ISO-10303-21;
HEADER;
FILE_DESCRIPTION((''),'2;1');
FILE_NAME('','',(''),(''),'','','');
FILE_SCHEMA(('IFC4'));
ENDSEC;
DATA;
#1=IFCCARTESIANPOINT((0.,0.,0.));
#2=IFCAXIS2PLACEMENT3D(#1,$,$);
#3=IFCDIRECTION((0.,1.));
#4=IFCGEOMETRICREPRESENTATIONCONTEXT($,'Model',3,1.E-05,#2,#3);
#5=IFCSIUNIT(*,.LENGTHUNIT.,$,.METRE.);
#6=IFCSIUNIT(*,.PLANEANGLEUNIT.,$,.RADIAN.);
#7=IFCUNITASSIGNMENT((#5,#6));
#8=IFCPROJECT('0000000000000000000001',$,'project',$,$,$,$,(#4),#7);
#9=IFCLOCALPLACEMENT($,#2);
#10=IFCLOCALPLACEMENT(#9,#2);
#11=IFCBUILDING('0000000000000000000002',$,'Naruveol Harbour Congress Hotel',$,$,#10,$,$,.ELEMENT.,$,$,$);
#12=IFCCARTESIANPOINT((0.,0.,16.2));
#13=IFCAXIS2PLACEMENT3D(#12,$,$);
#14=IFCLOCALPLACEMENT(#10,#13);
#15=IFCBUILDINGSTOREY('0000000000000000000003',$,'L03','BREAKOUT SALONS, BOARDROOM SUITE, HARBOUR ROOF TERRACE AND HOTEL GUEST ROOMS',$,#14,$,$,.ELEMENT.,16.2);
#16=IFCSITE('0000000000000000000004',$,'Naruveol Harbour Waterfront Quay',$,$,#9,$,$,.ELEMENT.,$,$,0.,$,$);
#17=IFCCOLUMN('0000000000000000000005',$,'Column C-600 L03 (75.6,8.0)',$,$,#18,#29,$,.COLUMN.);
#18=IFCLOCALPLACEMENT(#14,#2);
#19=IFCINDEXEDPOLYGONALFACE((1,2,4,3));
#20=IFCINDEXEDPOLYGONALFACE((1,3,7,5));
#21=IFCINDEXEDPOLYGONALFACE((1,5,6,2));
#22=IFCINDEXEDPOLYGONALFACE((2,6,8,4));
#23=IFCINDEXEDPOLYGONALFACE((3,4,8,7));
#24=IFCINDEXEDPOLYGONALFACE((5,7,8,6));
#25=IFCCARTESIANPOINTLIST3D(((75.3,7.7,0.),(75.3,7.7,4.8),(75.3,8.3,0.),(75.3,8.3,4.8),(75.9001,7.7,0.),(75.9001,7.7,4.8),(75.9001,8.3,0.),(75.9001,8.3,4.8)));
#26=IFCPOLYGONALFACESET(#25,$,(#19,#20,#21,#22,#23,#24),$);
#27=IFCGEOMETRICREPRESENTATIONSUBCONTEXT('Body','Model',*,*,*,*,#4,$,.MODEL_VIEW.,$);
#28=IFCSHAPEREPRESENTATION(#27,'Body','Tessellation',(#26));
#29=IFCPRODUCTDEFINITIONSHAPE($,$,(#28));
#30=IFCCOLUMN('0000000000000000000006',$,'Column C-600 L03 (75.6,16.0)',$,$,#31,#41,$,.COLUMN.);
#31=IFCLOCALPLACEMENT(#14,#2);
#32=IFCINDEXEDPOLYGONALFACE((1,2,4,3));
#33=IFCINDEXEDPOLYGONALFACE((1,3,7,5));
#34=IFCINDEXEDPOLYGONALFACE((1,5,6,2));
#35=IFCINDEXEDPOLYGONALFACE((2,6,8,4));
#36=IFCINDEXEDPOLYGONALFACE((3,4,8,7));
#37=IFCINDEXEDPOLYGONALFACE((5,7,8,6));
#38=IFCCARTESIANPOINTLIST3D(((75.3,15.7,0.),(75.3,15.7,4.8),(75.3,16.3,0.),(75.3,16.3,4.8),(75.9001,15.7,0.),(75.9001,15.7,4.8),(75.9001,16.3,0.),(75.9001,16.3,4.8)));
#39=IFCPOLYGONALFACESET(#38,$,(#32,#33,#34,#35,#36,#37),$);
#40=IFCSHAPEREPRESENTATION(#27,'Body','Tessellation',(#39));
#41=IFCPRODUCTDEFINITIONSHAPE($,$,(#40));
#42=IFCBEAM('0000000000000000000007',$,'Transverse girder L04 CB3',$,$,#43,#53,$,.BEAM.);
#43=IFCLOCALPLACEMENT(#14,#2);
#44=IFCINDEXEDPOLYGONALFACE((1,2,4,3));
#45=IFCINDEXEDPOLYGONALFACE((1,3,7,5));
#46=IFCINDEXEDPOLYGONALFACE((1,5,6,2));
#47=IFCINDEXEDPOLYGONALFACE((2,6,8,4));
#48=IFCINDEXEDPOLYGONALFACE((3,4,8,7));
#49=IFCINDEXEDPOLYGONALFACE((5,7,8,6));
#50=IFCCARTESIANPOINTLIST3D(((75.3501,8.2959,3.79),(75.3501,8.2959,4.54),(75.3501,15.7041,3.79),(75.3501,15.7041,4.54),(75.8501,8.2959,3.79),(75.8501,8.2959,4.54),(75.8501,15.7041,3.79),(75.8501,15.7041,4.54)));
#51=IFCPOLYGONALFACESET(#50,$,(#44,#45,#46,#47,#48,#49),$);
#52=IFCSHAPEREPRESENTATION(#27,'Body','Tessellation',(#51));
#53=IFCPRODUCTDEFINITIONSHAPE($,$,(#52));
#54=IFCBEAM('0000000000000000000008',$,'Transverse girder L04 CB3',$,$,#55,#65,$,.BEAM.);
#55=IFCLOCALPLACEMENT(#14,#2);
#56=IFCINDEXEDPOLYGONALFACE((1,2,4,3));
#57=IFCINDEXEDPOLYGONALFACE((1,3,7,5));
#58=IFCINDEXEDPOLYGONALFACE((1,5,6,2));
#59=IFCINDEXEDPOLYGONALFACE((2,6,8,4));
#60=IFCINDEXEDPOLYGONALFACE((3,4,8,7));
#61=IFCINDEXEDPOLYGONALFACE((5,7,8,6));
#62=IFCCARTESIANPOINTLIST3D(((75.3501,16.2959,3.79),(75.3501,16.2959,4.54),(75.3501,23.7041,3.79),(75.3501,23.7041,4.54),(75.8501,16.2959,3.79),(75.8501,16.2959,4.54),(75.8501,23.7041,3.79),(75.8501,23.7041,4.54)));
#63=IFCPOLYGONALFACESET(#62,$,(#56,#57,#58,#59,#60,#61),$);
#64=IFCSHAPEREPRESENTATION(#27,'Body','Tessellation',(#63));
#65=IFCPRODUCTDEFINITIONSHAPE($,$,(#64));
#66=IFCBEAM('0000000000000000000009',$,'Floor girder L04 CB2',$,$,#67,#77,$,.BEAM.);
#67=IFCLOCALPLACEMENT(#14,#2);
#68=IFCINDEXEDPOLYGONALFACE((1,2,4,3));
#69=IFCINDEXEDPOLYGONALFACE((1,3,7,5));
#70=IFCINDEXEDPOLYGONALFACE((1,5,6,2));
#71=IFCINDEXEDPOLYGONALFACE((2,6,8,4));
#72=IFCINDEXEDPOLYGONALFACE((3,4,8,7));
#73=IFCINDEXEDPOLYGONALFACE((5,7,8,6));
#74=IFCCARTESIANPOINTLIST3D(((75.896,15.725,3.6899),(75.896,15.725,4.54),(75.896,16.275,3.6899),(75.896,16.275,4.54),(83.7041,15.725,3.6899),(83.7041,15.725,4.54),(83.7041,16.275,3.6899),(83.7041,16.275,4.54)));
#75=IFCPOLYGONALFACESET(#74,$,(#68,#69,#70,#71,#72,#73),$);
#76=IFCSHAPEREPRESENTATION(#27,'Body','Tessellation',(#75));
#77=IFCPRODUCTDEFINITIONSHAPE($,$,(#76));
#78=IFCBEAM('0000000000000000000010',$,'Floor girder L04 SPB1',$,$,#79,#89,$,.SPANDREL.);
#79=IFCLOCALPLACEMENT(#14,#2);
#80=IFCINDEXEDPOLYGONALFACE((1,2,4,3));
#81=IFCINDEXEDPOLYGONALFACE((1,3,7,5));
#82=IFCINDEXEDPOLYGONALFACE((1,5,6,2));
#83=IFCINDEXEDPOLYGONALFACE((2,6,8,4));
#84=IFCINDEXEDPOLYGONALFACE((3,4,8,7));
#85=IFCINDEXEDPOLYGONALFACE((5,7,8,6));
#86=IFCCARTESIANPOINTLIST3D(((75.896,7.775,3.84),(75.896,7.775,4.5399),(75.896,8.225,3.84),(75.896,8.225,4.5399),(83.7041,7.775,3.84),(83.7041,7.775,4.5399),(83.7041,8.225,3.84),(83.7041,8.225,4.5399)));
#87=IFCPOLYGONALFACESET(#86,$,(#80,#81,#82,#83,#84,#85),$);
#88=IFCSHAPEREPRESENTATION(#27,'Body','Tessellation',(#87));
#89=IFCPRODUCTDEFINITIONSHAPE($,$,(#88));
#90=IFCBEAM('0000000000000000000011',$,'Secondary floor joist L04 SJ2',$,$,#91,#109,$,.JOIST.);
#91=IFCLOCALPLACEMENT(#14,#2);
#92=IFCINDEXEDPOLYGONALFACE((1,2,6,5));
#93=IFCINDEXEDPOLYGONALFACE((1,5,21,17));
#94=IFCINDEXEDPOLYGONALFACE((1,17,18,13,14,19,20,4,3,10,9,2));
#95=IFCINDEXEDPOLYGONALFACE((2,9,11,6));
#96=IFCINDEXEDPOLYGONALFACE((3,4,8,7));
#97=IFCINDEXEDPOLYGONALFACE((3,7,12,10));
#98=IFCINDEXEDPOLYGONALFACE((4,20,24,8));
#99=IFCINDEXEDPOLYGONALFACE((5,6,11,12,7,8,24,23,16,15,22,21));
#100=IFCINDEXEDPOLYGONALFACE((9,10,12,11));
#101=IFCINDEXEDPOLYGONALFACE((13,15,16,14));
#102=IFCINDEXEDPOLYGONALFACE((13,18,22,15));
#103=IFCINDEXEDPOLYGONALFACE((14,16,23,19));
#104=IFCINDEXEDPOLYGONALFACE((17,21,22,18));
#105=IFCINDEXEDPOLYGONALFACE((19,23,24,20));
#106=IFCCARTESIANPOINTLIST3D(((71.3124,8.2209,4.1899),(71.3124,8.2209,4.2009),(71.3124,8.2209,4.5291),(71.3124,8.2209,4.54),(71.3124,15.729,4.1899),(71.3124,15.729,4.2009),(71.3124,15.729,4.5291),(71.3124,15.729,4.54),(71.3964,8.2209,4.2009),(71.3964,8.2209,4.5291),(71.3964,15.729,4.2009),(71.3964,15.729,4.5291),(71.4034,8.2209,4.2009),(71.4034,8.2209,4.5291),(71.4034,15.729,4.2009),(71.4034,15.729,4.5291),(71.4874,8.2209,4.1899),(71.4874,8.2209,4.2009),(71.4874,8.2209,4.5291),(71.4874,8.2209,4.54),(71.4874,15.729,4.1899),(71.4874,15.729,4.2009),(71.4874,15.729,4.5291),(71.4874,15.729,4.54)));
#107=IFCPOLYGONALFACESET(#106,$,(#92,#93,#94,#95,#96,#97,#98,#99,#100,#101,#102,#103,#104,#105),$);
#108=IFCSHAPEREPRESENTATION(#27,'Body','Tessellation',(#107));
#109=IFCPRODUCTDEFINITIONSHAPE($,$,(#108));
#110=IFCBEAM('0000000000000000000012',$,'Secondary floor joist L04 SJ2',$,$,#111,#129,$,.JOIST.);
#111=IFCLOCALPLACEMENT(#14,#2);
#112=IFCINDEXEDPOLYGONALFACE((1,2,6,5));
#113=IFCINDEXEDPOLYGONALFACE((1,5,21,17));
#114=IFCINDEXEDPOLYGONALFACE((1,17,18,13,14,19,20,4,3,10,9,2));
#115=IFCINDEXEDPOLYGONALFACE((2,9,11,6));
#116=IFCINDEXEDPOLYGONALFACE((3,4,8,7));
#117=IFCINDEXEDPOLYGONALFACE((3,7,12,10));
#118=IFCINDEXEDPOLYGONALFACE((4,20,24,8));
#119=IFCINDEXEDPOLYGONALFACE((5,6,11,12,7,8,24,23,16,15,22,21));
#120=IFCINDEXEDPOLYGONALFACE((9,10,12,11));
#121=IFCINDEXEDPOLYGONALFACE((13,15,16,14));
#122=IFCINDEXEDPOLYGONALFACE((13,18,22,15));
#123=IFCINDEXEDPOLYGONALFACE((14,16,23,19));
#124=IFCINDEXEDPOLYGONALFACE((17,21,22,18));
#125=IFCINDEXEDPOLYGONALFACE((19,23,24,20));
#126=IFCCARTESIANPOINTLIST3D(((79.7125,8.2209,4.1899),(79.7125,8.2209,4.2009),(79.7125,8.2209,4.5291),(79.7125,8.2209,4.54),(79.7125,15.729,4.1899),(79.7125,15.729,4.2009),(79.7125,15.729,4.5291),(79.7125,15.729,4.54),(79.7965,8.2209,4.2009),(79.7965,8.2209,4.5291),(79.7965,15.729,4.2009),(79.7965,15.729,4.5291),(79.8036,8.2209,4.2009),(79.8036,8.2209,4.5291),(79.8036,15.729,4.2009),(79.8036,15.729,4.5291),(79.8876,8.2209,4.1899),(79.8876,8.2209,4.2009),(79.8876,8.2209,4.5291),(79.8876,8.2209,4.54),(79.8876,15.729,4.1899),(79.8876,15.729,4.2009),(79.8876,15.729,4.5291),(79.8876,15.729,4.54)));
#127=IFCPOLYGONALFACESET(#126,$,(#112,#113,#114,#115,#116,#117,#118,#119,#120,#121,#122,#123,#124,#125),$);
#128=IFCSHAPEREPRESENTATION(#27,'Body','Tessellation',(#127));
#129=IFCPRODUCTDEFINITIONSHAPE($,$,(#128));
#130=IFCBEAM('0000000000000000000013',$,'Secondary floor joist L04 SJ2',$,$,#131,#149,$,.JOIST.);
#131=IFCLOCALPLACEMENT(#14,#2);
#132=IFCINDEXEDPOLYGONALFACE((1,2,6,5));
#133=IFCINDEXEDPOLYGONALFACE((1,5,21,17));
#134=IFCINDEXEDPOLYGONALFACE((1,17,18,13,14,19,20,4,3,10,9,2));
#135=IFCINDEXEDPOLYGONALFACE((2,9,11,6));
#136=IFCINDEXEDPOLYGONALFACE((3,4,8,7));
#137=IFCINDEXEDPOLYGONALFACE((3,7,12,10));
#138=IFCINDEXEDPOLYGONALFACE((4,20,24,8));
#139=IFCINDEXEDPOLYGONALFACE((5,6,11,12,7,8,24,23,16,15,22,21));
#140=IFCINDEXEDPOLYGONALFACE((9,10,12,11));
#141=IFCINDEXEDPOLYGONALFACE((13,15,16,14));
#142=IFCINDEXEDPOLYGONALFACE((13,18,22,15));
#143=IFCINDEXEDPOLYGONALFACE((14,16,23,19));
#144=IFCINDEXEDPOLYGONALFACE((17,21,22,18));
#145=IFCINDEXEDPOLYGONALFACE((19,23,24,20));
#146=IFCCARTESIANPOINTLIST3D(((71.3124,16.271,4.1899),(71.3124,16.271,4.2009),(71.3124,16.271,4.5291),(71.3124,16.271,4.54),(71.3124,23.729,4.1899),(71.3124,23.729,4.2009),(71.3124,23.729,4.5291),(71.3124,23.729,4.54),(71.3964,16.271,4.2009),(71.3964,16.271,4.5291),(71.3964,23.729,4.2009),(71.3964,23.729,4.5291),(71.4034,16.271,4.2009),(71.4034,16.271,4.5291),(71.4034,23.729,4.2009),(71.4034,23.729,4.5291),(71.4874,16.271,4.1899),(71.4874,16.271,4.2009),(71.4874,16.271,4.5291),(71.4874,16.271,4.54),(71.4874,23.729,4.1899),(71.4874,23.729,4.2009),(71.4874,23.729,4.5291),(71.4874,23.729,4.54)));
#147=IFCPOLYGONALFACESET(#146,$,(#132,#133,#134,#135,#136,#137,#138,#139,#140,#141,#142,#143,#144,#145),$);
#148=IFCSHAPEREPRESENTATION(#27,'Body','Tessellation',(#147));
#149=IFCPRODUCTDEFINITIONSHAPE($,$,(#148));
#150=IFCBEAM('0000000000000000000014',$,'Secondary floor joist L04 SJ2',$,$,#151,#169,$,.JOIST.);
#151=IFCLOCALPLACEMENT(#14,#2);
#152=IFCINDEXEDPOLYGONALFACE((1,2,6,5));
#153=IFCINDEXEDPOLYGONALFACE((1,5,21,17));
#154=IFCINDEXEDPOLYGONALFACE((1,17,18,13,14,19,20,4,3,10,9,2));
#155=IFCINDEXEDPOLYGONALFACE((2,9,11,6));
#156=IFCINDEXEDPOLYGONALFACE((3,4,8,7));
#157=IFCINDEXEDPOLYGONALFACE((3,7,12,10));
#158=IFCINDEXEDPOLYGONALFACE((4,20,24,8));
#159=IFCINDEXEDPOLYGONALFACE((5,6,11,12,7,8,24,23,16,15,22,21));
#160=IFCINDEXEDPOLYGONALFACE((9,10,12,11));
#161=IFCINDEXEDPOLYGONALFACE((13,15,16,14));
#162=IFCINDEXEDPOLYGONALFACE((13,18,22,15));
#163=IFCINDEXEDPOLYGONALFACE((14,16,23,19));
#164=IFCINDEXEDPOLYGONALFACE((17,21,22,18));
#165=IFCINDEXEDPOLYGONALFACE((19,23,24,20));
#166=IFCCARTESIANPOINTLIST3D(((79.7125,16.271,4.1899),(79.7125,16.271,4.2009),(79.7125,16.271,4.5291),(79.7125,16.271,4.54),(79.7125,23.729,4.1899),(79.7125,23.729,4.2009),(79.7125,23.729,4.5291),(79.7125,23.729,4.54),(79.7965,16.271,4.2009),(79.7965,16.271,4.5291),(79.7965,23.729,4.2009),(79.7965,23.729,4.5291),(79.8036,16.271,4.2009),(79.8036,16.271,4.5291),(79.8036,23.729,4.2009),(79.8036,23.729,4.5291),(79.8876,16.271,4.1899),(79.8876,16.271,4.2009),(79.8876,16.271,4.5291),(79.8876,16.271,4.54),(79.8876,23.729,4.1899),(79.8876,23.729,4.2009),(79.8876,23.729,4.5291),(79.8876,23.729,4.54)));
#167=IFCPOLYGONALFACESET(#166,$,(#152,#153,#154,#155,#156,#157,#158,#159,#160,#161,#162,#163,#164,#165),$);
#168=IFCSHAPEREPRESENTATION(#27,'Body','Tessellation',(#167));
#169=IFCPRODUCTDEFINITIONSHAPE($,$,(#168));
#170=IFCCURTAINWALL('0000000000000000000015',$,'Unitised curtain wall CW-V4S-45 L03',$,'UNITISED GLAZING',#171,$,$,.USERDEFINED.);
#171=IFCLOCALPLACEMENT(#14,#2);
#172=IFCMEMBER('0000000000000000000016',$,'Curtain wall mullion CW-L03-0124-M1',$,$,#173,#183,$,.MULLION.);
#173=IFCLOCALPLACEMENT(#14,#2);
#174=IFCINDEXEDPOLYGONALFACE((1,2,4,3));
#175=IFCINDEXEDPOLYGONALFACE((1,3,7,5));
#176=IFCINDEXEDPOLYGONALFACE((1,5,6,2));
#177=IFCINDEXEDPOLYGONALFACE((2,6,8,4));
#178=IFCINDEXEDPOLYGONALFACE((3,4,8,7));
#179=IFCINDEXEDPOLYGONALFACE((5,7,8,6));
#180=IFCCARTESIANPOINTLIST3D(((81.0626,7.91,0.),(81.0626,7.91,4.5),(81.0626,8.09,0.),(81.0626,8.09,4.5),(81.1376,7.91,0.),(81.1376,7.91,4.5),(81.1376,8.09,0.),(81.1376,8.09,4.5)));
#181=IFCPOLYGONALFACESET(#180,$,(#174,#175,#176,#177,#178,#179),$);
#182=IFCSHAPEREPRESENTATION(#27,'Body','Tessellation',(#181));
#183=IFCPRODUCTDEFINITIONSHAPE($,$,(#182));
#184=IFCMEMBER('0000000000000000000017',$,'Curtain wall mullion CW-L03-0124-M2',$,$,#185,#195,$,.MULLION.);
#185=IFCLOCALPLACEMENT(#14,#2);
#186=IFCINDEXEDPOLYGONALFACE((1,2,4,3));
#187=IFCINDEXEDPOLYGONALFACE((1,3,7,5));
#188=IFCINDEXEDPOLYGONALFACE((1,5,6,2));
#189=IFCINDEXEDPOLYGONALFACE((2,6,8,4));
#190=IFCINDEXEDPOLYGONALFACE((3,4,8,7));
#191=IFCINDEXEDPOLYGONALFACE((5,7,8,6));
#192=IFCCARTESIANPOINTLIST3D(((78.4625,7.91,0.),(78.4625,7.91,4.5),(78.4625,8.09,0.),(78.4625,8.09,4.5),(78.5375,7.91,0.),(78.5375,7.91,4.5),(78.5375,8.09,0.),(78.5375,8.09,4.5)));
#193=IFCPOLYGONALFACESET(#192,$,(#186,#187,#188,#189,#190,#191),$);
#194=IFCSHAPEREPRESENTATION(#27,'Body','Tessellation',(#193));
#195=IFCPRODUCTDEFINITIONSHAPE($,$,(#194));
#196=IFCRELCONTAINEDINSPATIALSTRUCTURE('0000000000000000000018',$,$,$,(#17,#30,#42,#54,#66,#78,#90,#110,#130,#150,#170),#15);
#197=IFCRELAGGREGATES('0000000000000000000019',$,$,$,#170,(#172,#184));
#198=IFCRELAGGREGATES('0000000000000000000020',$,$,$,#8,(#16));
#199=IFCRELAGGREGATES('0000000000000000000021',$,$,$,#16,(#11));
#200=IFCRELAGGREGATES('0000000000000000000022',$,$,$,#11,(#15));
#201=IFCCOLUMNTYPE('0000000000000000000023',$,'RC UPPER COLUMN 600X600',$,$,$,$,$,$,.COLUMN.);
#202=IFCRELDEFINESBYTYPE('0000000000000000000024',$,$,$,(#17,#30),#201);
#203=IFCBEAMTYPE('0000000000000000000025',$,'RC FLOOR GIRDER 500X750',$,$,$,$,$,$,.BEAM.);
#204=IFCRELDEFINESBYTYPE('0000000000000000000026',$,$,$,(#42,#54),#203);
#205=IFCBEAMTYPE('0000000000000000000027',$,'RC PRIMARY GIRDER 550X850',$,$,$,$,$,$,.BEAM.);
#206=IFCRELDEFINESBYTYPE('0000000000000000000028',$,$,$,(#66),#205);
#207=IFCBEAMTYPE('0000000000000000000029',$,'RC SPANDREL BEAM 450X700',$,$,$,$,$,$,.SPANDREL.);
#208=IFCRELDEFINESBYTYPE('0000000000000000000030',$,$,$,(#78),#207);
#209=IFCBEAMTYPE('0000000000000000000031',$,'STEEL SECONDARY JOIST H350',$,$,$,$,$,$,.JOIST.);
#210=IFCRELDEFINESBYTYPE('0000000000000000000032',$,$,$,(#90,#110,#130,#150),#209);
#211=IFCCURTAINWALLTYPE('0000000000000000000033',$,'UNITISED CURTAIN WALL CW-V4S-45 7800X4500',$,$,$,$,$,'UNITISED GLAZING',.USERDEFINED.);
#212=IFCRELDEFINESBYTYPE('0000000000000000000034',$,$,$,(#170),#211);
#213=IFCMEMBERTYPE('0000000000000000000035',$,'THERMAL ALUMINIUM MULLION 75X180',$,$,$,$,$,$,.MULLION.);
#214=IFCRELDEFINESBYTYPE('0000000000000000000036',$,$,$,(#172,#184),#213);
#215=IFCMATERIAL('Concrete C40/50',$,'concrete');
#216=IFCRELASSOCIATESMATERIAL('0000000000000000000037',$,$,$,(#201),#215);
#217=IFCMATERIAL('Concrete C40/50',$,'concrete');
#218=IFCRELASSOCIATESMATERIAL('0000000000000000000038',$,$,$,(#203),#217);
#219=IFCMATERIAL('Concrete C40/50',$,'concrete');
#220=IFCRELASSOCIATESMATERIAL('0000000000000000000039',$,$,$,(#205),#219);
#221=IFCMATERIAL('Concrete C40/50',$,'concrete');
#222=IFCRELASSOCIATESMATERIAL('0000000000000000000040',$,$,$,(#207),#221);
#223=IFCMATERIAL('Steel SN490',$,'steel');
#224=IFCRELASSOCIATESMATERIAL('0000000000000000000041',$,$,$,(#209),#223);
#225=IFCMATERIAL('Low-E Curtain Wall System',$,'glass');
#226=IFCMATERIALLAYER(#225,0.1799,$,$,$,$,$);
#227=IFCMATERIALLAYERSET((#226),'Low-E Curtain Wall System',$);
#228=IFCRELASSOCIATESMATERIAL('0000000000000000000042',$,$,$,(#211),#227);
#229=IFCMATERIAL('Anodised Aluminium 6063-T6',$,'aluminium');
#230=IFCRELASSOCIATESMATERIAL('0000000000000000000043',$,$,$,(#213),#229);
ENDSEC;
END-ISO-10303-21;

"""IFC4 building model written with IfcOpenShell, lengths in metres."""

from ifc_helpers import new_model, si_unit, direction, frame, origin, origin_2d, place, context, subcontext, project, spatial, rectangle, i_section, extrude, material, layer, layer_set, material_profile, profile_set, type_object, element, aggregate, save


model = new_model("IFC4")

# Units and contexts
model_context = context("Model", 3, precision=1e-05, world=origin(), true_north=direction((0.0, 1.0)))
body_context = subcontext(model_context, "Body", "Model", "MODEL_VIEW")
ifc_project = project(units=[si_unit("LENGTHUNIT", "METRE"), si_unit("PLANEANGLEUNIT", "RADIAN")], contexts=[model_context])

# Site, building, storey
site_placement = place(None, origin())
site = spatial("IfcSite", under=ifc_project, at=site_placement, Name="Naruveol Harbour Waterfront Quay", CompositionType="ELEMENT", RefElevation=0.0)
building_placement = place(site_placement, origin())
building = spatial("IfcBuilding", under=site, at=building_placement, Name="Naruveol Harbour Congress Hotel", CompositionType="ELEMENT")
storey_placement = place(building_placement, frame((0.0, 0.0, 16.2)))
storey = spatial("IfcBuildingStorey", under=building, at=storey_placement, Name="L03", Description="BREAKOUT SALONS, BOARDROOM SUITE, HARBOUR ROOF TERRACE AND HOTEL GUEST ROOMS", CompositionType="ELEMENT", Elevation=16.2)

# Columns
ifc_material_1 = material(Name="Concrete C40/50", Category="concrete")
ifc_material_profile_1 = material_profile(ifc_material_1, rectangle(XDim=0.6001, YDim=0.6001, at=origin_2d()), Name="RC-600x600")
ifc_profile_set_1 = profile_set([ifc_material_profile_1], Name="Concrete C40/50")
column_type = type_object("IfcColumnType", Name="RC UPPER COLUMN 600X600", PredefinedType="COLUMN", material=ifc_profile_set_1)
for number, where, z_axis, x_axis, name in (
    (1, (75.6001, 8.0, 0.0), (0.0, 0.0, 1.0), (1.0, 0.0, 0.0), "Column C-600 L03 (75.6,8.0)"),
    (2, (75.6001, 16.0, 0.0), (0.0, 0.0, 1.0), (1.0, 0.0, 0.0), "Column C-600 L03 (75.6,16.0)"),
):
    element("IfcColumn", number, at=place(storey_placement, frame(where, z_axis=z_axis, x_axis=x_axis)), inside=storey, type_object=column_type, Name=name, PredefinedType="COLUMN", context=body_context, shape_type="SweptSolid", body=[
        extrude(rectangle(XDim=0.6001, YDim=0.6001, at=origin_2d()), origin(), (0.0, 0.0, 1.0), 4.8),
    ])

# Beams
ifc_material_2 = material(Name="Concrete C40/50", Category="concrete")
ifc_material_profile_2 = material_profile(ifc_material_2, rectangle(XDim=0.5, YDim=0.75, at=origin_2d()), Name="RCB-500x750")
ifc_profile_set_2 = profile_set([ifc_material_profile_2], Name="Concrete C40/50")
beam_type_1 = type_object("IfcBeamType", Name="RC FLOOR GIRDER 500X750", PredefinedType="BEAM", material=ifc_profile_set_2)
for number, where, z_axis, x_axis, name in (
    (3, (75.6001, 8.2959, 4.165), (0.0, 1.0, 0.0), (-1.0, 0.0, 0.0), "Transverse girder L04 CB3"),
    (4, (75.6001, 16.2959, 4.165), (0.0, 1.0, 0.0), (-1.0, 0.0, 0.0), "Transverse girder L04 CB3"),
):
    element("IfcBeam", number, at=place(storey_placement, frame(where, z_axis=z_axis, x_axis=x_axis)), inside=storey, type_object=beam_type_1, Name=name, PredefinedType="BEAM", context=body_context, shape_type="SweptSolid", body=[
        extrude(rectangle(XDim=0.5, YDim=0.75, at=origin_2d()), origin(), (0.0, 0.0, 1.0), 7.4082),
    ])
ifc_material_3 = material(Name="Concrete C40/50", Category="concrete")
ifc_material_profile_3 = material_profile(ifc_material_3, rectangle(XDim=0.55, YDim=0.8501, at=origin_2d()), Name="RCB-550x850")
ifc_profile_set_3 = profile_set([ifc_material_profile_3], Name="Concrete C40/50")
beam_type_2 = type_object("IfcBeamType", Name="RC PRIMARY GIRDER 550X850", PredefinedType="BEAM", material=ifc_profile_set_3)
beam_1_placement = place(storey_placement, frame((75.896, 16.0, 4.115), z_axis=(1.0, 0.0, 0.0), x_axis=(0.0, 1.0, 0.0)))
element("IfcBeam", 5, at=beam_1_placement, inside=storey, type_object=beam_type_2, Name="Floor girder L04 CB2", PredefinedType="BEAM", context=body_context, shape_type="SweptSolid", body=[
    extrude(rectangle(XDim=0.55, YDim=0.8501, at=origin_2d()), origin(), (0.0, 0.0, 1.0), 7.8081),
])
ifc_material_4 = material(Name="Concrete C40/50", Category="concrete")
ifc_material_profile_4 = material_profile(ifc_material_4, rectangle(XDim=0.45, YDim=0.7, at=origin_2d()), Name="RCB-450x700")
ifc_profile_set_4 = profile_set([ifc_material_profile_4], Name="Concrete C40/50")
beam_type_3 = type_object("IfcBeamType", Name="RC SPANDREL BEAM 450X700", PredefinedType="SPANDREL", material=ifc_profile_set_4)
beam_2_placement = place(storey_placement, frame((75.896, 8.0, 4.1899), z_axis=(1.0, 0.0, 0.0), x_axis=(0.0, 1.0, 0.0)))
element("IfcBeam", 6, at=beam_2_placement, inside=storey, type_object=beam_type_3, Name="Floor girder L04 SPB1", PredefinedType="SPANDREL", context=body_context, shape_type="SweptSolid", body=[
    extrude(rectangle(XDim=0.45, YDim=0.7, at=origin_2d()), origin(), (0.0, 0.0, 1.0), 7.8081),
])
ifc_material_5 = material(Name="Steel SN490", Category="steel")
ifc_material_profile_5 = material_profile(ifc_material_5, i_section(OverallWidth=0.175, OverallDepth=0.3501, WebThickness=0.0071, FlangeThickness=0.011, at=origin_2d()), Name="H-350x175x7x11")
ifc_profile_set_5 = profile_set([ifc_material_profile_5], Name="Steel SN490")
beam_type_4 = type_object("IfcBeamType", Name="STEEL SECONDARY JOIST H350", PredefinedType="JOIST", material=ifc_profile_set_5)
for number, where, z_axis, x_axis, name in (
    (7, (71.3999, 8.2209, 4.365), (0.0, 1.0, 0.0), (-1.0, 0.0, 0.0), "Secondary floor joist L04 SJ2"),
    (8, (79.8, 8.2209, 4.365), (0.0, 1.0, 0.0), (-1.0, 0.0, 0.0), "Secondary floor joist L04 SJ2"),
):
    element("IfcBeam", number, at=place(storey_placement, frame(where, z_axis=z_axis, x_axis=x_axis)), inside=storey, type_object=beam_type_4, Name=name, PredefinedType="JOIST", context=body_context, shape_type="SweptSolid", body=[
        extrude(i_section(OverallWidth=0.175, OverallDepth=0.3501, WebThickness=0.0071, FlangeThickness=0.011, at=origin_2d()), origin(), (0.0, 0.0, 1.0), 7.5081),
    ])
for number, where, z_axis, x_axis, name in (
    (9, (71.3999, 16.271, 4.365), (0.0, 1.0, 0.0), (-1.0, 0.0, 0.0), "Secondary floor joist L04 SJ2"),
    (10, (79.8, 16.271, 4.365), (0.0, 1.0, 0.0), (-1.0, 0.0, 0.0), "Secondary floor joist L04 SJ2"),
):
    element("IfcBeam", number, at=place(storey_placement, frame(where, z_axis=z_axis, x_axis=x_axis)), inside=storey, type_object=beam_type_4, Name=name, PredefinedType="JOIST", context=body_context, shape_type="SweptSolid", body=[
        extrude(i_section(OverallWidth=0.175, OverallDepth=0.3501, WebThickness=0.0071, FlangeThickness=0.011, at=origin_2d()), origin(), (0.0, 0.0, 1.0), 7.458),
    ])

# Curtain wall, members
ifc_material_6 = material(Name="Low-E Curtain Wall System", Category="glass")
ifc_layer_1 = layer(ifc_material_6, 0.1799)
ifc_layer_set_1 = layer_set([ifc_layer_1], Name="Low-E Curtain Wall System")
curtain_wall_type = type_object("IfcCurtainWallType", Name="UNITISED CURTAIN WALL CW-V4S-45 7800X4500", ElementType="UNITISED GLAZING", PredefinedType="USERDEFINED", material=ifc_layer_set_1)
curtain_wall_1_placement = place(storey_placement, origin())
curtain_wall_1 = element("IfcCurtainWall", 11, at=curtain_wall_1_placement, inside=storey, type_object=curtain_wall_type, Name="Unitised curtain wall CW-V4S-45 L03", ObjectType="UNITISED GLAZING", PredefinedType="USERDEFINED")
ifc_material_7 = material(Name="Anodised Aluminium 6063-T6", Category="aluminium")
ifc_material_profile_6 = material_profile(ifc_material_7, rectangle(XDim=0.075, YDim=0.1799, at=origin_2d()), Name="ALU-75x180")
ifc_profile_set_6 = profile_set([ifc_material_profile_6], Name="Anodised Aluminium 6063-T6")
member_type_1 = type_object("IfcMemberType", Name="THERMAL ALUMINIUM MULLION 75X180", PredefinedType="MULLION", material=ifc_profile_set_6)
member_1_placement = place(storey_placement, frame((81.1001, 8.0, 0.0), z_axis=(0.0, 0.0, 1.0), x_axis=(1.0, 0.0, 0.0)))
member_1 = element("IfcMember", 12, at=member_1_placement, type_object=member_type_1, Name="Curtain wall mullion CW-L03-0124-M1", PredefinedType="MULLION", context=body_context, shape_type="SweptSolid", body=[
    extrude(rectangle(XDim=0.075, YDim=0.1799, at=origin_2d()), origin(), (0.0, 0.0, 1.0), 4.5),
])
member_2_placement = place(storey_placement, frame((78.5, 8.0, 0.0), z_axis=(0.0, 0.0, 1.0), x_axis=(1.0, 0.0, 0.0)))
member_2 = element("IfcMember", 13, at=member_2_placement, type_object=member_type_1, Name="Curtain wall mullion CW-L03-0124-M2", PredefinedType="MULLION", context=body_context, shape_type="SweptSolid", body=[
    extrude(rectangle(XDim=0.075, YDim=0.1799, at=origin_2d()), origin(), (0.0, 0.0, 1.0), 4.5),
])

aggregate(curtain_wall_1, [member_1, member_2])

save(model, "model.ifc")
